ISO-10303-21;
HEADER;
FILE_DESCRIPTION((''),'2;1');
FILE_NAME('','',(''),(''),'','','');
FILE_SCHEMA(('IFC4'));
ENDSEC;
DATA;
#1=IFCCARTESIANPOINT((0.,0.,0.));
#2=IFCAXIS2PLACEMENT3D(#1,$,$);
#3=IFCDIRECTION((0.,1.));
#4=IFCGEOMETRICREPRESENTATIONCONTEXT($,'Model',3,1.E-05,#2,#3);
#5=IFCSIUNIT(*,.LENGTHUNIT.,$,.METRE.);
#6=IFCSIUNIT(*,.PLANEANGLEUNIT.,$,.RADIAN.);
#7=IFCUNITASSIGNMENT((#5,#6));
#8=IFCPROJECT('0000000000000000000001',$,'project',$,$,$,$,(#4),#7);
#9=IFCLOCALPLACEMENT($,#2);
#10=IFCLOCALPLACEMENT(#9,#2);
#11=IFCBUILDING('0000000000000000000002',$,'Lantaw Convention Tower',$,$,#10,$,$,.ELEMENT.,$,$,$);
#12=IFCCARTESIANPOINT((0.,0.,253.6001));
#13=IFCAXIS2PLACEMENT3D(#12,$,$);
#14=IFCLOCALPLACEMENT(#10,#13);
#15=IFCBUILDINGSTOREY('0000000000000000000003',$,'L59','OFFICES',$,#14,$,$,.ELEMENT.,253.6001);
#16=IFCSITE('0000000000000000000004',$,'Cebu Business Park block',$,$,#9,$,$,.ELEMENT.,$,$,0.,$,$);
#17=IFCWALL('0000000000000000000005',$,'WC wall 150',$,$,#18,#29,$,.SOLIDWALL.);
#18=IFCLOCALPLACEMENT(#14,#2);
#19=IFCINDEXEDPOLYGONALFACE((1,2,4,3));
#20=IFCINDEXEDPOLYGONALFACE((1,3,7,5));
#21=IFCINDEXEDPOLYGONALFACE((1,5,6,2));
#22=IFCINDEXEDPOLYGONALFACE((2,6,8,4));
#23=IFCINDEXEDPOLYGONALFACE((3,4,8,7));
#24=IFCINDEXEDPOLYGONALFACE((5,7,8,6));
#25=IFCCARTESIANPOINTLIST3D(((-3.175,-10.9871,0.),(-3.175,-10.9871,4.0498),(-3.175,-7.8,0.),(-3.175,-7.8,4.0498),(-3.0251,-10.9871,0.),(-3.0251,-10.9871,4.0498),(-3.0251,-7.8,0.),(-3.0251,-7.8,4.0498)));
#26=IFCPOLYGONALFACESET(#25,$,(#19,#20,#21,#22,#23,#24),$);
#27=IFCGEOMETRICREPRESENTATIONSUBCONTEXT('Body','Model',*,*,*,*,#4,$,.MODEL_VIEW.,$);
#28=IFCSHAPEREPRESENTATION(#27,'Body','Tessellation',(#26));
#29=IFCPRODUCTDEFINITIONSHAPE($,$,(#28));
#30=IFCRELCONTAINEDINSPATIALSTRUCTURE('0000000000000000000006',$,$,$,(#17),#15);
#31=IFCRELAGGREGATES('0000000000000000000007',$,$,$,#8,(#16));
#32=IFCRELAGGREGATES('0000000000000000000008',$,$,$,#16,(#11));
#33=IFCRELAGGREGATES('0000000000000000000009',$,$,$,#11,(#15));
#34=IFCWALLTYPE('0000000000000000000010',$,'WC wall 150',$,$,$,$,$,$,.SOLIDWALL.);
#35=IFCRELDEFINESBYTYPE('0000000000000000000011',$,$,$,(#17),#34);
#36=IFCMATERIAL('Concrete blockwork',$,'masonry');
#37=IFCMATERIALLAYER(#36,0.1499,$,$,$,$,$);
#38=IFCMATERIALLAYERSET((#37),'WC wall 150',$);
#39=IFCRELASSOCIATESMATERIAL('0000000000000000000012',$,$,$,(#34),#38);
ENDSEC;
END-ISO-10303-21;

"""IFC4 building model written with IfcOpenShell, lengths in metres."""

from ifc_helpers import new_model, si_unit, direction, frame, frame_2d, origin, place, context, subcontext, project, spatial, rectangle, extrude, material, layer, layer_set, type_object, element, save


model = new_model("IFC4")

# Units and contexts
model_context = context("Model", 3, precision=1e-05, world=origin(), true_north=direction((0.0, 1.0)))
body_context = subcontext(model_context, "Body", "Model", "MODEL_VIEW")
ifc_project = project(units=[si_unit("LENGTHUNIT", "METRE"), si_unit("PLANEANGLEUNIT", "RADIAN")], contexts=[model_context])

# Site, building, storey
site_placement = place(None, origin())
site = spatial("IfcSite", under=ifc_project, at=site_placement, Name="Cebu Business Park block", CompositionType="ELEMENT", RefElevation=0.0)
building_placement = place(site_placement, origin())
building = spatial("IfcBuilding", under=site, at=building_placement, Name="Lantaw Convention Tower", CompositionType="ELEMENT")
storey_placement = place(building_placement, frame((0.0, 0.0, 253.6001)))
storey = spatial("IfcBuildingStorey", under=building, at=storey_placement, Name="L59", Description="OFFICES", CompositionType="ELEMENT", Elevation=253.6001)

# Shared definitions
ifc_material_1 = material(Name="Concrete blockwork", Category="masonry")
ifc_layer_1 = layer(ifc_material_1, 0.1499)
ifc_layer_set_1 = layer_set([ifc_layer_1], Name="WC wall 150")
wall_type_1 = type_object("IfcWallType", Name="WC wall 150", PredefinedType="SOLIDWALL", material=ifc_layer_set_1)

# Wall
for number, where, z_axis, x_axis, name in (
    (1, (-3.1001, -7.8, 0.0), (0.0, 0.0, 1.0), (0.0, -1.0, 0.0), "WC wall 150"),
):
    element("IfcWall", number, at=place(storey_placement, frame(where, z_axis=z_axis, x_axis=x_axis)), inside=storey, type_object=wall_type_1, Name=name, PredefinedType="SOLIDWALL", context=body_context, shape_type="SweptSolid", body=[
        extrude(rectangle(XDim=3.187, YDim=0.1499, at=frame_2d((1.5935, 0.0))), origin(), (0.0, 0.0, 1.0), 4.0498),
    ])

save(model, "model.ifc")
